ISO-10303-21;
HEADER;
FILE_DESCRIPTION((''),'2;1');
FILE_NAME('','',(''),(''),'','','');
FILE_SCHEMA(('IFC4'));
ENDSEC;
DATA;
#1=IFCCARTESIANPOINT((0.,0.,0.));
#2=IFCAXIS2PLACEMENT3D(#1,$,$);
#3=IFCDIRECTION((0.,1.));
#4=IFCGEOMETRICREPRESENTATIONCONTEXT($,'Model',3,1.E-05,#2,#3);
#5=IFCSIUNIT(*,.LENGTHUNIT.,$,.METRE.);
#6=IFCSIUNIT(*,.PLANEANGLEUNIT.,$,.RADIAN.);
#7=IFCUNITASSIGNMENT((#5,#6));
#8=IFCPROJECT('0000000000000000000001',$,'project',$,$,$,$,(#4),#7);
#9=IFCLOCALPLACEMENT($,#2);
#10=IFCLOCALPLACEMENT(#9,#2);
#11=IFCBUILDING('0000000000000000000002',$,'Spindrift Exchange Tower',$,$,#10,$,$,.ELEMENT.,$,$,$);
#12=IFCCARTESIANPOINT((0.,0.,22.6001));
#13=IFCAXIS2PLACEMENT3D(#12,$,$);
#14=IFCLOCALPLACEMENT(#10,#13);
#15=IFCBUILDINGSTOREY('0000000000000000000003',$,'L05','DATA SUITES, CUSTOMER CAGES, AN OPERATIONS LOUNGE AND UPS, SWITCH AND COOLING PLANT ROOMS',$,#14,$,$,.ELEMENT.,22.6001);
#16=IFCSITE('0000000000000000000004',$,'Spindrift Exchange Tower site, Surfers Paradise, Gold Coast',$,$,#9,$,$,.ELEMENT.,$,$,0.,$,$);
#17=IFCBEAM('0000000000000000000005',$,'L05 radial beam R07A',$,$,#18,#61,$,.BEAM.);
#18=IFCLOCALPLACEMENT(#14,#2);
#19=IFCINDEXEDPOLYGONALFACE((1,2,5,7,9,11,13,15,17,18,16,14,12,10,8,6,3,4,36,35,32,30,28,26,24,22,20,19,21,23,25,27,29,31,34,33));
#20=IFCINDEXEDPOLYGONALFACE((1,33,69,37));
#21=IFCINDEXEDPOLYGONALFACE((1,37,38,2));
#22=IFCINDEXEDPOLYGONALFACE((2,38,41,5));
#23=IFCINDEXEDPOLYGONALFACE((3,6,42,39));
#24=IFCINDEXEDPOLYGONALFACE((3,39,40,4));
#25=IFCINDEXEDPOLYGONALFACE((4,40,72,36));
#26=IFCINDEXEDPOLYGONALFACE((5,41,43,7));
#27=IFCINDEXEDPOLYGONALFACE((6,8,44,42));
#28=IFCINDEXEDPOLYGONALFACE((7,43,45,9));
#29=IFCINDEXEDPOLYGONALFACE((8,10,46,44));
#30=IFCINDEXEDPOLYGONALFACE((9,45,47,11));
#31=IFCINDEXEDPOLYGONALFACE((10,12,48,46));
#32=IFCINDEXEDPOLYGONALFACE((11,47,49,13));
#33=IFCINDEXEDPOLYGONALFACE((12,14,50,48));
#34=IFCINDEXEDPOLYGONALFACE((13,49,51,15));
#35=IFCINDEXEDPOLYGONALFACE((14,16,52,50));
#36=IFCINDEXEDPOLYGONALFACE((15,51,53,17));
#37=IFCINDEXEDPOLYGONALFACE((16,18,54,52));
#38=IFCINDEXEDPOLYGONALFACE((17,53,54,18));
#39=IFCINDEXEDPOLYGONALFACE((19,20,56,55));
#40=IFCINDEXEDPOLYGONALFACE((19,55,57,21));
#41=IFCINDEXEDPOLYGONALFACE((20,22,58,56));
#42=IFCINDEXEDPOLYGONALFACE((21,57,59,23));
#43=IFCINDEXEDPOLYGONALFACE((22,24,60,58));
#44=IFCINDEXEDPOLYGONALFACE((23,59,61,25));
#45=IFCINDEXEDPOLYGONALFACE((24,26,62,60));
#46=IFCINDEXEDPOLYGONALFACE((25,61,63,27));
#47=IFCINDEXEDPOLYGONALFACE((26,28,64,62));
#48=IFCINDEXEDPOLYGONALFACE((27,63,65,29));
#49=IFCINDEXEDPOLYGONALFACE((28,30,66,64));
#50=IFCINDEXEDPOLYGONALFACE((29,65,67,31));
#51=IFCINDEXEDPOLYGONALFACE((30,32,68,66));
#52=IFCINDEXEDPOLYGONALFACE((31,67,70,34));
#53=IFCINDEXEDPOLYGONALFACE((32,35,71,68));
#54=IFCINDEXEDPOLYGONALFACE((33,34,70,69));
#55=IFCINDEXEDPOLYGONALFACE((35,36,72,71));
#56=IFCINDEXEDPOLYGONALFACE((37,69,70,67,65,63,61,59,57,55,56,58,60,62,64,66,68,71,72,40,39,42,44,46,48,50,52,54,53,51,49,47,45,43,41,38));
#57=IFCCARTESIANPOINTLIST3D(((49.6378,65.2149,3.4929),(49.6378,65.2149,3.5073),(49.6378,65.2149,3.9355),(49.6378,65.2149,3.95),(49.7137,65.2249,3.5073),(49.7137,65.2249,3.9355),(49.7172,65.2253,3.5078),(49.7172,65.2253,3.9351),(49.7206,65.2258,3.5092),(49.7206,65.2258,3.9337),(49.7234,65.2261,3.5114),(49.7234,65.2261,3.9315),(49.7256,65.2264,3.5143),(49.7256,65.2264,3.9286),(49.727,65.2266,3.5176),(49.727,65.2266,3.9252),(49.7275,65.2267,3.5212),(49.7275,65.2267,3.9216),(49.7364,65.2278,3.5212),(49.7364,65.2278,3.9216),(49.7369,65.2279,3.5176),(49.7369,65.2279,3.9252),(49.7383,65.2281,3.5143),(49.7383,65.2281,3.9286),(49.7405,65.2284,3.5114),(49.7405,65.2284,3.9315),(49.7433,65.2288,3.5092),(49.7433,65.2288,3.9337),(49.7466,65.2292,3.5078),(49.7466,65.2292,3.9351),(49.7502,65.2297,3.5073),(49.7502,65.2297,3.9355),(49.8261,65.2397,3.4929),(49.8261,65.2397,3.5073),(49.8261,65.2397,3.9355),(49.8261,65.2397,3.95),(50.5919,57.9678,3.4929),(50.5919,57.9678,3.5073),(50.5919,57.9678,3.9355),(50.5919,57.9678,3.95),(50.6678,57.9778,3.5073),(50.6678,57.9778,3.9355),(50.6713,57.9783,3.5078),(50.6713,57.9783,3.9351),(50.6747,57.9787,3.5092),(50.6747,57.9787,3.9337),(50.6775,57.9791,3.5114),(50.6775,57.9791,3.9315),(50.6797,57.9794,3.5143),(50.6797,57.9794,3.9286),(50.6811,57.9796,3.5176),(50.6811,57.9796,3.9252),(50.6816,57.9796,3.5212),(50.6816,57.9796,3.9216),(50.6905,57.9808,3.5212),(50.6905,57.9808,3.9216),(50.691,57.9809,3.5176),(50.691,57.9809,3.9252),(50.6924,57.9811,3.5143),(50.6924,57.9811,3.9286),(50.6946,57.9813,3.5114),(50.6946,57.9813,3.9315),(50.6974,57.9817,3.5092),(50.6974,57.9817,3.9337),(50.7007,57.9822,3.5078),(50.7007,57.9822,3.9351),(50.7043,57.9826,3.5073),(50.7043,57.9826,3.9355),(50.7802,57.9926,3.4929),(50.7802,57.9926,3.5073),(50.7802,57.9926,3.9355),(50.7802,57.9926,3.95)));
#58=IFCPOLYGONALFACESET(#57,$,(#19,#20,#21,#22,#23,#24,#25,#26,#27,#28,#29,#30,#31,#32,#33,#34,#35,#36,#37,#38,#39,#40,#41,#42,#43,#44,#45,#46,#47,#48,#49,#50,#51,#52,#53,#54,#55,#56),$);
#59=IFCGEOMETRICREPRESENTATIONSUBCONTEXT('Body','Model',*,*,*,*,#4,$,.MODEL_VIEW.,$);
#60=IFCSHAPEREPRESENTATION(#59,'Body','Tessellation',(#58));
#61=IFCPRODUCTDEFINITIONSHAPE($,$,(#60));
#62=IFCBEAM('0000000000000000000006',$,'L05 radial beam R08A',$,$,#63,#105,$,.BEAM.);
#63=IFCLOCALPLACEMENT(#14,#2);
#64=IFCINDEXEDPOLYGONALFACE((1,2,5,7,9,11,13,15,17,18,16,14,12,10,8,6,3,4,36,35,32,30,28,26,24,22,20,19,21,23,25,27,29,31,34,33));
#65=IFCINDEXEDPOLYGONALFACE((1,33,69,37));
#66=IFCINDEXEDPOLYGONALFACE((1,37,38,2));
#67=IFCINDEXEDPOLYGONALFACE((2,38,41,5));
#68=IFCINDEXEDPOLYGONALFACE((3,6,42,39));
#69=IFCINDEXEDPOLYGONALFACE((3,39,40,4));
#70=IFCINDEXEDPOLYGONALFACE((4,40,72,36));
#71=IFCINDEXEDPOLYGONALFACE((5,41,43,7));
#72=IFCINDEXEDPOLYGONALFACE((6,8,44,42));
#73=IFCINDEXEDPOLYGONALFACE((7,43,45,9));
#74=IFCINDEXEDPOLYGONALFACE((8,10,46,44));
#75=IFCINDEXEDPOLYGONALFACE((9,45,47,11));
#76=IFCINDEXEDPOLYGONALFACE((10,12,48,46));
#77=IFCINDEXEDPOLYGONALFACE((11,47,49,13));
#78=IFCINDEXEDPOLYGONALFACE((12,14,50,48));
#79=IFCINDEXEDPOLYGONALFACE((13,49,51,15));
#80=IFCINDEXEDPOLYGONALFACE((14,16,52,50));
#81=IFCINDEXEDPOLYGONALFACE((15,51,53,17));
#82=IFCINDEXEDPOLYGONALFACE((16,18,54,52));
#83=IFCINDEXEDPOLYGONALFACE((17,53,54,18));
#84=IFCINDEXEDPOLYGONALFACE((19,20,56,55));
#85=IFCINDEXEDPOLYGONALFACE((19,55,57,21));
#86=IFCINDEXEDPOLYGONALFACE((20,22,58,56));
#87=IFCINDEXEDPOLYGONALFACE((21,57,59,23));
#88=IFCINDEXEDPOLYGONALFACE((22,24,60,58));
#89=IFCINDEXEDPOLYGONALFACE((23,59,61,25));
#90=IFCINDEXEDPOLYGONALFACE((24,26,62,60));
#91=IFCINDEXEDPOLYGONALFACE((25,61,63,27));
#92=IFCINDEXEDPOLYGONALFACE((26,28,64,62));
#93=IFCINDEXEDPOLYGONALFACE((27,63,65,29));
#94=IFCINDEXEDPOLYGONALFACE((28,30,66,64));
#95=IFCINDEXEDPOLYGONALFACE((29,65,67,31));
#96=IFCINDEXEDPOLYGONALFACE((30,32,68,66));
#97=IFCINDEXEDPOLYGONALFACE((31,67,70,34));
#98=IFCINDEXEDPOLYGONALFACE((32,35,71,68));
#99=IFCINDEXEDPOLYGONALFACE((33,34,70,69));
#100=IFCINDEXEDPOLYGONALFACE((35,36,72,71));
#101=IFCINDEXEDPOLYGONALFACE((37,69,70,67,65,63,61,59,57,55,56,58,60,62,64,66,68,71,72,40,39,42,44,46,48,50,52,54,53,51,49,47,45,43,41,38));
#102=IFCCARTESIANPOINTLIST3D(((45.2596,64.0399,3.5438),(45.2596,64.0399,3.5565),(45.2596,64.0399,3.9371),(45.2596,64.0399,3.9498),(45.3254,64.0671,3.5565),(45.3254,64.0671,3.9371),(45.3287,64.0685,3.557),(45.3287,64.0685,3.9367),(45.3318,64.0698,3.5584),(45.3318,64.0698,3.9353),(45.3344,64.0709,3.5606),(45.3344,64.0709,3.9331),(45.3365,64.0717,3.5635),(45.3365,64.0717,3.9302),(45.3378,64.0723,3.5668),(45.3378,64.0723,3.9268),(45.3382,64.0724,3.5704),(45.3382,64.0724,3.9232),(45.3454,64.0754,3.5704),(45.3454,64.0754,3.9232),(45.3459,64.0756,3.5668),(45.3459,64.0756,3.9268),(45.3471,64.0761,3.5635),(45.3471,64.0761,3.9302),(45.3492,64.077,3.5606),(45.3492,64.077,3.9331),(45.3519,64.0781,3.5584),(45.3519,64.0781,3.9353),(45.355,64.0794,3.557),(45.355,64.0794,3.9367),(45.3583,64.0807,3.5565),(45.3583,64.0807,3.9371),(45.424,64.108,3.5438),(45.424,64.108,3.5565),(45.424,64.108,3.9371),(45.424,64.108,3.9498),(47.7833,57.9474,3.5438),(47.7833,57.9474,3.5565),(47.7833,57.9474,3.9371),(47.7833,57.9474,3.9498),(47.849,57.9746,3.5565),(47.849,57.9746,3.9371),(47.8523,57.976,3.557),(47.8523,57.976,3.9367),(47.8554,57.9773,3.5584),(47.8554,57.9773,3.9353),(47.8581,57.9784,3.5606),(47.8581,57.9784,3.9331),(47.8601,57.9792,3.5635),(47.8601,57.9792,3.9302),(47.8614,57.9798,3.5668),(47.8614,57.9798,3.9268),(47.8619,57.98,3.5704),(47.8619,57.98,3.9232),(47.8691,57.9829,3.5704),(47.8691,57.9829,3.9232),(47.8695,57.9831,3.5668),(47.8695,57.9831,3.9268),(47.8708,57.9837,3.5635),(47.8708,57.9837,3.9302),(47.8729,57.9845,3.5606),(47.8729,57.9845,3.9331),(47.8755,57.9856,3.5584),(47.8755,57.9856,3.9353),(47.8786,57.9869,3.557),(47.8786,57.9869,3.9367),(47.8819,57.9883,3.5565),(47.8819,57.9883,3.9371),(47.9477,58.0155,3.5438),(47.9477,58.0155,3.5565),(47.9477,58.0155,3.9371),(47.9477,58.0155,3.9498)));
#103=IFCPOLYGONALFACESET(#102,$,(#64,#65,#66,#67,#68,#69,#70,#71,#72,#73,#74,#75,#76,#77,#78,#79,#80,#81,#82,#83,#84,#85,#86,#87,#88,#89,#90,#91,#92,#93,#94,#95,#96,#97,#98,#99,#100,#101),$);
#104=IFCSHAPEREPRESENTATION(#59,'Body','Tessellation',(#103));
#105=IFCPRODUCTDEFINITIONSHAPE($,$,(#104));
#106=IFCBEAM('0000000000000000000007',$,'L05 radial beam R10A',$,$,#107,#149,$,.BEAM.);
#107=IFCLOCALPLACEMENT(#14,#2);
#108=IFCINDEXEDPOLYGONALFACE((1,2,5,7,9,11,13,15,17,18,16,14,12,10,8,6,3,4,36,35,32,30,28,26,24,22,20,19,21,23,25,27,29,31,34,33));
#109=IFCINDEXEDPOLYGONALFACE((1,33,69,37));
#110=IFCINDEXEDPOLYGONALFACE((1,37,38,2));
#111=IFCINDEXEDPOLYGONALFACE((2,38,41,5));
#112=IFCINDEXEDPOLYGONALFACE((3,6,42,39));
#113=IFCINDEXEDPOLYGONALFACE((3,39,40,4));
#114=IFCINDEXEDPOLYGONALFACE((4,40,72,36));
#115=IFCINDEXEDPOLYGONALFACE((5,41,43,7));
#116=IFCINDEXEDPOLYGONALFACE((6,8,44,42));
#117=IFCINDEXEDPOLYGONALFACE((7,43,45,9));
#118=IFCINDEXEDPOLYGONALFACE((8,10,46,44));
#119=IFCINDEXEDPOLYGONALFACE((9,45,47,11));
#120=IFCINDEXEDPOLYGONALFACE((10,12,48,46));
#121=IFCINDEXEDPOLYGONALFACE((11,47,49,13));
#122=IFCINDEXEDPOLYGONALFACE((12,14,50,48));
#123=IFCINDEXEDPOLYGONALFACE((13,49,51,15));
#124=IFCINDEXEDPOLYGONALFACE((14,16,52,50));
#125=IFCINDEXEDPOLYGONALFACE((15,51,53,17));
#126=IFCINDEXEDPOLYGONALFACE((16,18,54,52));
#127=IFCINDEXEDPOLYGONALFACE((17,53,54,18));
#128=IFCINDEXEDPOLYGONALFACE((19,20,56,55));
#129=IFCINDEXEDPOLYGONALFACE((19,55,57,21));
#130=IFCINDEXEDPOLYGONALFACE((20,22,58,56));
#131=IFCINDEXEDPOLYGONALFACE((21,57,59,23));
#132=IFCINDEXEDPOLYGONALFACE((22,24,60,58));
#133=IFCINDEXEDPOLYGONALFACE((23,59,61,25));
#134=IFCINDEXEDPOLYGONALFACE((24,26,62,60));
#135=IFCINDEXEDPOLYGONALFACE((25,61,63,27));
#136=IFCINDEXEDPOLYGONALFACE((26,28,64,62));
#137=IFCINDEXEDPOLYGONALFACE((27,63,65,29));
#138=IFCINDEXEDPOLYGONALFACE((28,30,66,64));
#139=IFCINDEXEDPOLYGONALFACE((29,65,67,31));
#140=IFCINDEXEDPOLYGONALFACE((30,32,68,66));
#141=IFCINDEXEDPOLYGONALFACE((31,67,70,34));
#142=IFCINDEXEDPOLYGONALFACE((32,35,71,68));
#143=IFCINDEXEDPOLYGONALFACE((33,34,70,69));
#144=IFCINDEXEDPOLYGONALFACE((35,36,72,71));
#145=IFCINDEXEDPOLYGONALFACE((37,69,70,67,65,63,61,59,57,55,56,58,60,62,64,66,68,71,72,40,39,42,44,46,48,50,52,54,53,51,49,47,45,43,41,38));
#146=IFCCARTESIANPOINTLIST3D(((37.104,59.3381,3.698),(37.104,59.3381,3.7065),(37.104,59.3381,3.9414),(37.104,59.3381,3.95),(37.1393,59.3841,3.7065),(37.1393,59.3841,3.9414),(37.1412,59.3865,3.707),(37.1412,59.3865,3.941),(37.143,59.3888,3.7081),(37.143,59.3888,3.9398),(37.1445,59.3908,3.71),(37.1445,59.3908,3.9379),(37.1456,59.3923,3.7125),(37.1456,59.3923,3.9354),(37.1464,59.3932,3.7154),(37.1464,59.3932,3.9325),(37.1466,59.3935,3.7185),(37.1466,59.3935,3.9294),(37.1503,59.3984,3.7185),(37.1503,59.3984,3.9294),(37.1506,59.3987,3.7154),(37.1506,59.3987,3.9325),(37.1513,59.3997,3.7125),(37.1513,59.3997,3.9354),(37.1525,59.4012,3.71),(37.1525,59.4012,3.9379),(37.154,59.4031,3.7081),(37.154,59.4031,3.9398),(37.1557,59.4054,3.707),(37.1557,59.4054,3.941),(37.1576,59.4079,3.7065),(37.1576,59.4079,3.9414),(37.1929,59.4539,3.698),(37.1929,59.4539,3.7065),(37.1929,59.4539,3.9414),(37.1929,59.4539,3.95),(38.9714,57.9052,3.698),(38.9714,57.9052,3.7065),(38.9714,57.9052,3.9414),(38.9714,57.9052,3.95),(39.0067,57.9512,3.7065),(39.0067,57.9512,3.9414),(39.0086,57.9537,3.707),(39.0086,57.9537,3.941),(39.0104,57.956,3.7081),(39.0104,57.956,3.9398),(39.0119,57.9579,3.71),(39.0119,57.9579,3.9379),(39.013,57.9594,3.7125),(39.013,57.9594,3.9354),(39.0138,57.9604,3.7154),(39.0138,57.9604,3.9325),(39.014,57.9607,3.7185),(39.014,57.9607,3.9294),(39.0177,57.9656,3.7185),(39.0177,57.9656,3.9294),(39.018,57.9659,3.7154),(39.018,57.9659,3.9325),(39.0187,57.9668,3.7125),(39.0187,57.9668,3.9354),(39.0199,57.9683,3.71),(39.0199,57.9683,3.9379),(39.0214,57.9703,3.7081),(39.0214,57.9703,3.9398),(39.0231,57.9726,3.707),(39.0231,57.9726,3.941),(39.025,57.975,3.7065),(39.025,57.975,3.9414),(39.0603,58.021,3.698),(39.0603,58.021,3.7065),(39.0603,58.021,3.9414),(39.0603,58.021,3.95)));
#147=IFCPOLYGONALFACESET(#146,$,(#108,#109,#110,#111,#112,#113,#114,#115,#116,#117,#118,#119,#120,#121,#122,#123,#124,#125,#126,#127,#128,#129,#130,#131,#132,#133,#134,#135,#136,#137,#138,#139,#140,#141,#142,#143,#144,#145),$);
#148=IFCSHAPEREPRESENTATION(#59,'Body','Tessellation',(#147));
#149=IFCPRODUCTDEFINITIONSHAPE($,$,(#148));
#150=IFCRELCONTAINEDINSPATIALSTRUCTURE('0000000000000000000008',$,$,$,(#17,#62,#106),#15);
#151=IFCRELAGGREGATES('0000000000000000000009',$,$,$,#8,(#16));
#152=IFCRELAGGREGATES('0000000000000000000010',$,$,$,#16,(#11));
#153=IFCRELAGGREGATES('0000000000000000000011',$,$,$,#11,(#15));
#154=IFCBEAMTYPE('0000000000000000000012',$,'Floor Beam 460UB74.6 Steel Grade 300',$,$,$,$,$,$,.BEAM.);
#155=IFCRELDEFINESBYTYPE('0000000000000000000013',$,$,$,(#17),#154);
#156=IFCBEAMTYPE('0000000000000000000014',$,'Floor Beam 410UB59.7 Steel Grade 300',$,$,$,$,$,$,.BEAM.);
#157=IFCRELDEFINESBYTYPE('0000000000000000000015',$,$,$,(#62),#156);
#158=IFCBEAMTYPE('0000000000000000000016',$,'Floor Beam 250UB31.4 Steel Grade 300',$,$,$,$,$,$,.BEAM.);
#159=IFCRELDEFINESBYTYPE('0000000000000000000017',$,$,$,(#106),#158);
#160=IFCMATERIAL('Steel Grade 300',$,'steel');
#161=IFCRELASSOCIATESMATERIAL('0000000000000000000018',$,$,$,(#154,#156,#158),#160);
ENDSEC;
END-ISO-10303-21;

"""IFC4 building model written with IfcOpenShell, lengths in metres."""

from ifc_helpers import new_model, si_unit, direction, frame, origin, origin_2d, place, context, subcontext, project, spatial, i_section, extrude, source, transform, mapped, material, material_profile, profile_set, type_object, element, save


model = new_model("IFC4")

# Units and contexts
model_context = context("Model", 3, precision=1e-05, world=origin(), true_north=direction((0.0, 1.0)))
body_context = subcontext(model_context, "Body", "Model", "MODEL_VIEW")
ifc_project = project(units=[si_unit("LENGTHUNIT", "METRE"), si_unit("PLANEANGLEUNIT", "RADIAN")], contexts=[model_context])

# Site, building, storey
site_placement = place(None, origin())
site = spatial("IfcSite", under=ifc_project, at=site_placement, Name="Spindrift Exchange Tower site, Surfers Paradise, Gold Coast", CompositionType="ELEMENT", RefElevation=0.0)
building_placement = place(site_placement, origin())
building = spatial("IfcBuilding", under=site, at=building_placement, Name="Spindrift Exchange Tower", CompositionType="ELEMENT")
storey_placement = place(building_placement, frame((0.0, 0.0, 22.6001)))
storey = spatial("IfcBuildingStorey", under=building, at=storey_placement, Name="L05", Description="DATA SUITES, CUSTOMER CAGES, AN OPERATIONS LOUNGE AND UPS, SWITCH AND COOLING PLANT ROOMS", CompositionType="ELEMENT", Elevation=22.6001)

# Beams
ifc_material_1 = material(Name="Steel Grade 300", Category="steel")
ifc_material_profile_1 = material_profile(ifc_material_1, i_section(OverallWidth=0.1899, OverallDepth=0.457, WebThickness=0.009, FlangeThickness=0.0144, FilletRadius=0.0139, at=origin_2d()), Name="460UB74.6")
ifc_profile_set_1 = profile_set([ifc_material_profile_1], Name="Steel Grade 300")
beam_type_1 = type_object("IfcBeamType", Name="Floor Beam 460UB74.6 Steel Grade 300", PredefinedType="BEAM", material=ifc_profile_set_1)
shared_shape_1 = source(origin(), body_context, "Body", "SweptSolid", [
    extrude(i_section(OverallWidth=0.1899, OverallDepth=0.457, WebThickness=0.009, FlangeThickness=0.0144, FilletRadius=0.0139, at=origin_2d()), origin(), (0.0, 0.0, 1.0), 7.3096),
])
beam_1_placement = place(storey_placement, frame((50.686, 57.9802, 3.7214), z_axis=(-0.130527, 0.991445, 0.0), x_axis=(-0.991445, -0.130527, 0.0)))
element("IfcBeam", 1, at=beam_1_placement, inside=storey, type_object=beam_type_1, Name="L05 radial beam R07A", PredefinedType="BEAM", context=body_context, shape_type="MappedRepresentation", body=[
    mapped(shared_shape_1, transform((0.0, 0.0, 0.0), scale=1.0)),
])
ifc_material_profile_2 = material_profile(ifc_material_1, i_section(OverallWidth=0.178, OverallDepth=0.406, WebThickness=0.0078, FlangeThickness=0.0127, FilletRadius=0.0139, at=origin_2d()), Name="410UB59.7")
ifc_profile_set_2 = profile_set([ifc_material_profile_2], Name="Steel Grade 300")
beam_type_2 = type_object("IfcBeamType", Name="Floor Beam 410UB59.7 Steel Grade 300", PredefinedType="BEAM", material=ifc_profile_set_2)
shared_shape_2 = source(origin(), body_context, "Body", "SweptSolid", [
    extrude(i_section(OverallWidth=0.178, OverallDepth=0.406, WebThickness=0.0078, FlangeThickness=0.0127, FilletRadius=0.0139, at=origin_2d()), origin(), (0.0, 0.0, 1.0), 6.5945),
])
beam_2_placement = place(storey_placement, frame((47.8655, 57.9814, 3.7468), z_axis=(-0.382693, 0.923876, 0.0), x_axis=(-0.923876, -0.382693, 0.0)))
element("IfcBeam", 2, at=beam_2_placement, inside=storey, type_object=beam_type_2, Name="L05 radial beam R08A", PredefinedType="BEAM", context=body_context, shape_type="MappedRepresentation", body=[
    mapped(shared_shape_2, transform((0.0, 0.0, 0.0), scale=1.0)),
])
ifc_material_profile_3 = material_profile(ifc_material_1, i_section(OverallWidth=0.146, OverallDepth=0.252, WebThickness=0.0061, FlangeThickness=0.0085, FilletRadius=0.012, at=origin_2d()), Name="250UB31.4")
ifc_profile_set_3 = profile_set([ifc_material_profile_3], Name="Steel Grade 300")
beam_type_3 = type_object("IfcBeamType", Name="Floor Beam 250UB31.4 Steel Grade 300", PredefinedType="BEAM", material=ifc_profile_set_3)
shared_shape_3 = source(origin(), body_context, "Body", "SweptSolid", [
    extrude(i_section(OverallWidth=0.146, OverallDepth=0.252, WebThickness=0.0061, FlangeThickness=0.0085, FilletRadius=0.012, at=origin_2d()), origin(), (0.0, 0.0, 1.0), 2.3538),
])
beam_3_placement = place(storey_placement, frame((39.0159, 57.9631, 3.824), z_axis=(-0.793368, 0.608743, 0.0), x_axis=(-0.608743, -0.793368, 0.0)))
element("IfcBeam", 3, at=beam_3_placement, inside=storey, type_object=beam_type_3, Name="L05 radial beam R10A", PredefinedType="BEAM", context=body_context, shape_type="MappedRepresentation", body=[
    mapped(shared_shape_3, transform((0.0, 0.0, 0.0), scale=1.0)),
])

save(model, "model.ifc")
